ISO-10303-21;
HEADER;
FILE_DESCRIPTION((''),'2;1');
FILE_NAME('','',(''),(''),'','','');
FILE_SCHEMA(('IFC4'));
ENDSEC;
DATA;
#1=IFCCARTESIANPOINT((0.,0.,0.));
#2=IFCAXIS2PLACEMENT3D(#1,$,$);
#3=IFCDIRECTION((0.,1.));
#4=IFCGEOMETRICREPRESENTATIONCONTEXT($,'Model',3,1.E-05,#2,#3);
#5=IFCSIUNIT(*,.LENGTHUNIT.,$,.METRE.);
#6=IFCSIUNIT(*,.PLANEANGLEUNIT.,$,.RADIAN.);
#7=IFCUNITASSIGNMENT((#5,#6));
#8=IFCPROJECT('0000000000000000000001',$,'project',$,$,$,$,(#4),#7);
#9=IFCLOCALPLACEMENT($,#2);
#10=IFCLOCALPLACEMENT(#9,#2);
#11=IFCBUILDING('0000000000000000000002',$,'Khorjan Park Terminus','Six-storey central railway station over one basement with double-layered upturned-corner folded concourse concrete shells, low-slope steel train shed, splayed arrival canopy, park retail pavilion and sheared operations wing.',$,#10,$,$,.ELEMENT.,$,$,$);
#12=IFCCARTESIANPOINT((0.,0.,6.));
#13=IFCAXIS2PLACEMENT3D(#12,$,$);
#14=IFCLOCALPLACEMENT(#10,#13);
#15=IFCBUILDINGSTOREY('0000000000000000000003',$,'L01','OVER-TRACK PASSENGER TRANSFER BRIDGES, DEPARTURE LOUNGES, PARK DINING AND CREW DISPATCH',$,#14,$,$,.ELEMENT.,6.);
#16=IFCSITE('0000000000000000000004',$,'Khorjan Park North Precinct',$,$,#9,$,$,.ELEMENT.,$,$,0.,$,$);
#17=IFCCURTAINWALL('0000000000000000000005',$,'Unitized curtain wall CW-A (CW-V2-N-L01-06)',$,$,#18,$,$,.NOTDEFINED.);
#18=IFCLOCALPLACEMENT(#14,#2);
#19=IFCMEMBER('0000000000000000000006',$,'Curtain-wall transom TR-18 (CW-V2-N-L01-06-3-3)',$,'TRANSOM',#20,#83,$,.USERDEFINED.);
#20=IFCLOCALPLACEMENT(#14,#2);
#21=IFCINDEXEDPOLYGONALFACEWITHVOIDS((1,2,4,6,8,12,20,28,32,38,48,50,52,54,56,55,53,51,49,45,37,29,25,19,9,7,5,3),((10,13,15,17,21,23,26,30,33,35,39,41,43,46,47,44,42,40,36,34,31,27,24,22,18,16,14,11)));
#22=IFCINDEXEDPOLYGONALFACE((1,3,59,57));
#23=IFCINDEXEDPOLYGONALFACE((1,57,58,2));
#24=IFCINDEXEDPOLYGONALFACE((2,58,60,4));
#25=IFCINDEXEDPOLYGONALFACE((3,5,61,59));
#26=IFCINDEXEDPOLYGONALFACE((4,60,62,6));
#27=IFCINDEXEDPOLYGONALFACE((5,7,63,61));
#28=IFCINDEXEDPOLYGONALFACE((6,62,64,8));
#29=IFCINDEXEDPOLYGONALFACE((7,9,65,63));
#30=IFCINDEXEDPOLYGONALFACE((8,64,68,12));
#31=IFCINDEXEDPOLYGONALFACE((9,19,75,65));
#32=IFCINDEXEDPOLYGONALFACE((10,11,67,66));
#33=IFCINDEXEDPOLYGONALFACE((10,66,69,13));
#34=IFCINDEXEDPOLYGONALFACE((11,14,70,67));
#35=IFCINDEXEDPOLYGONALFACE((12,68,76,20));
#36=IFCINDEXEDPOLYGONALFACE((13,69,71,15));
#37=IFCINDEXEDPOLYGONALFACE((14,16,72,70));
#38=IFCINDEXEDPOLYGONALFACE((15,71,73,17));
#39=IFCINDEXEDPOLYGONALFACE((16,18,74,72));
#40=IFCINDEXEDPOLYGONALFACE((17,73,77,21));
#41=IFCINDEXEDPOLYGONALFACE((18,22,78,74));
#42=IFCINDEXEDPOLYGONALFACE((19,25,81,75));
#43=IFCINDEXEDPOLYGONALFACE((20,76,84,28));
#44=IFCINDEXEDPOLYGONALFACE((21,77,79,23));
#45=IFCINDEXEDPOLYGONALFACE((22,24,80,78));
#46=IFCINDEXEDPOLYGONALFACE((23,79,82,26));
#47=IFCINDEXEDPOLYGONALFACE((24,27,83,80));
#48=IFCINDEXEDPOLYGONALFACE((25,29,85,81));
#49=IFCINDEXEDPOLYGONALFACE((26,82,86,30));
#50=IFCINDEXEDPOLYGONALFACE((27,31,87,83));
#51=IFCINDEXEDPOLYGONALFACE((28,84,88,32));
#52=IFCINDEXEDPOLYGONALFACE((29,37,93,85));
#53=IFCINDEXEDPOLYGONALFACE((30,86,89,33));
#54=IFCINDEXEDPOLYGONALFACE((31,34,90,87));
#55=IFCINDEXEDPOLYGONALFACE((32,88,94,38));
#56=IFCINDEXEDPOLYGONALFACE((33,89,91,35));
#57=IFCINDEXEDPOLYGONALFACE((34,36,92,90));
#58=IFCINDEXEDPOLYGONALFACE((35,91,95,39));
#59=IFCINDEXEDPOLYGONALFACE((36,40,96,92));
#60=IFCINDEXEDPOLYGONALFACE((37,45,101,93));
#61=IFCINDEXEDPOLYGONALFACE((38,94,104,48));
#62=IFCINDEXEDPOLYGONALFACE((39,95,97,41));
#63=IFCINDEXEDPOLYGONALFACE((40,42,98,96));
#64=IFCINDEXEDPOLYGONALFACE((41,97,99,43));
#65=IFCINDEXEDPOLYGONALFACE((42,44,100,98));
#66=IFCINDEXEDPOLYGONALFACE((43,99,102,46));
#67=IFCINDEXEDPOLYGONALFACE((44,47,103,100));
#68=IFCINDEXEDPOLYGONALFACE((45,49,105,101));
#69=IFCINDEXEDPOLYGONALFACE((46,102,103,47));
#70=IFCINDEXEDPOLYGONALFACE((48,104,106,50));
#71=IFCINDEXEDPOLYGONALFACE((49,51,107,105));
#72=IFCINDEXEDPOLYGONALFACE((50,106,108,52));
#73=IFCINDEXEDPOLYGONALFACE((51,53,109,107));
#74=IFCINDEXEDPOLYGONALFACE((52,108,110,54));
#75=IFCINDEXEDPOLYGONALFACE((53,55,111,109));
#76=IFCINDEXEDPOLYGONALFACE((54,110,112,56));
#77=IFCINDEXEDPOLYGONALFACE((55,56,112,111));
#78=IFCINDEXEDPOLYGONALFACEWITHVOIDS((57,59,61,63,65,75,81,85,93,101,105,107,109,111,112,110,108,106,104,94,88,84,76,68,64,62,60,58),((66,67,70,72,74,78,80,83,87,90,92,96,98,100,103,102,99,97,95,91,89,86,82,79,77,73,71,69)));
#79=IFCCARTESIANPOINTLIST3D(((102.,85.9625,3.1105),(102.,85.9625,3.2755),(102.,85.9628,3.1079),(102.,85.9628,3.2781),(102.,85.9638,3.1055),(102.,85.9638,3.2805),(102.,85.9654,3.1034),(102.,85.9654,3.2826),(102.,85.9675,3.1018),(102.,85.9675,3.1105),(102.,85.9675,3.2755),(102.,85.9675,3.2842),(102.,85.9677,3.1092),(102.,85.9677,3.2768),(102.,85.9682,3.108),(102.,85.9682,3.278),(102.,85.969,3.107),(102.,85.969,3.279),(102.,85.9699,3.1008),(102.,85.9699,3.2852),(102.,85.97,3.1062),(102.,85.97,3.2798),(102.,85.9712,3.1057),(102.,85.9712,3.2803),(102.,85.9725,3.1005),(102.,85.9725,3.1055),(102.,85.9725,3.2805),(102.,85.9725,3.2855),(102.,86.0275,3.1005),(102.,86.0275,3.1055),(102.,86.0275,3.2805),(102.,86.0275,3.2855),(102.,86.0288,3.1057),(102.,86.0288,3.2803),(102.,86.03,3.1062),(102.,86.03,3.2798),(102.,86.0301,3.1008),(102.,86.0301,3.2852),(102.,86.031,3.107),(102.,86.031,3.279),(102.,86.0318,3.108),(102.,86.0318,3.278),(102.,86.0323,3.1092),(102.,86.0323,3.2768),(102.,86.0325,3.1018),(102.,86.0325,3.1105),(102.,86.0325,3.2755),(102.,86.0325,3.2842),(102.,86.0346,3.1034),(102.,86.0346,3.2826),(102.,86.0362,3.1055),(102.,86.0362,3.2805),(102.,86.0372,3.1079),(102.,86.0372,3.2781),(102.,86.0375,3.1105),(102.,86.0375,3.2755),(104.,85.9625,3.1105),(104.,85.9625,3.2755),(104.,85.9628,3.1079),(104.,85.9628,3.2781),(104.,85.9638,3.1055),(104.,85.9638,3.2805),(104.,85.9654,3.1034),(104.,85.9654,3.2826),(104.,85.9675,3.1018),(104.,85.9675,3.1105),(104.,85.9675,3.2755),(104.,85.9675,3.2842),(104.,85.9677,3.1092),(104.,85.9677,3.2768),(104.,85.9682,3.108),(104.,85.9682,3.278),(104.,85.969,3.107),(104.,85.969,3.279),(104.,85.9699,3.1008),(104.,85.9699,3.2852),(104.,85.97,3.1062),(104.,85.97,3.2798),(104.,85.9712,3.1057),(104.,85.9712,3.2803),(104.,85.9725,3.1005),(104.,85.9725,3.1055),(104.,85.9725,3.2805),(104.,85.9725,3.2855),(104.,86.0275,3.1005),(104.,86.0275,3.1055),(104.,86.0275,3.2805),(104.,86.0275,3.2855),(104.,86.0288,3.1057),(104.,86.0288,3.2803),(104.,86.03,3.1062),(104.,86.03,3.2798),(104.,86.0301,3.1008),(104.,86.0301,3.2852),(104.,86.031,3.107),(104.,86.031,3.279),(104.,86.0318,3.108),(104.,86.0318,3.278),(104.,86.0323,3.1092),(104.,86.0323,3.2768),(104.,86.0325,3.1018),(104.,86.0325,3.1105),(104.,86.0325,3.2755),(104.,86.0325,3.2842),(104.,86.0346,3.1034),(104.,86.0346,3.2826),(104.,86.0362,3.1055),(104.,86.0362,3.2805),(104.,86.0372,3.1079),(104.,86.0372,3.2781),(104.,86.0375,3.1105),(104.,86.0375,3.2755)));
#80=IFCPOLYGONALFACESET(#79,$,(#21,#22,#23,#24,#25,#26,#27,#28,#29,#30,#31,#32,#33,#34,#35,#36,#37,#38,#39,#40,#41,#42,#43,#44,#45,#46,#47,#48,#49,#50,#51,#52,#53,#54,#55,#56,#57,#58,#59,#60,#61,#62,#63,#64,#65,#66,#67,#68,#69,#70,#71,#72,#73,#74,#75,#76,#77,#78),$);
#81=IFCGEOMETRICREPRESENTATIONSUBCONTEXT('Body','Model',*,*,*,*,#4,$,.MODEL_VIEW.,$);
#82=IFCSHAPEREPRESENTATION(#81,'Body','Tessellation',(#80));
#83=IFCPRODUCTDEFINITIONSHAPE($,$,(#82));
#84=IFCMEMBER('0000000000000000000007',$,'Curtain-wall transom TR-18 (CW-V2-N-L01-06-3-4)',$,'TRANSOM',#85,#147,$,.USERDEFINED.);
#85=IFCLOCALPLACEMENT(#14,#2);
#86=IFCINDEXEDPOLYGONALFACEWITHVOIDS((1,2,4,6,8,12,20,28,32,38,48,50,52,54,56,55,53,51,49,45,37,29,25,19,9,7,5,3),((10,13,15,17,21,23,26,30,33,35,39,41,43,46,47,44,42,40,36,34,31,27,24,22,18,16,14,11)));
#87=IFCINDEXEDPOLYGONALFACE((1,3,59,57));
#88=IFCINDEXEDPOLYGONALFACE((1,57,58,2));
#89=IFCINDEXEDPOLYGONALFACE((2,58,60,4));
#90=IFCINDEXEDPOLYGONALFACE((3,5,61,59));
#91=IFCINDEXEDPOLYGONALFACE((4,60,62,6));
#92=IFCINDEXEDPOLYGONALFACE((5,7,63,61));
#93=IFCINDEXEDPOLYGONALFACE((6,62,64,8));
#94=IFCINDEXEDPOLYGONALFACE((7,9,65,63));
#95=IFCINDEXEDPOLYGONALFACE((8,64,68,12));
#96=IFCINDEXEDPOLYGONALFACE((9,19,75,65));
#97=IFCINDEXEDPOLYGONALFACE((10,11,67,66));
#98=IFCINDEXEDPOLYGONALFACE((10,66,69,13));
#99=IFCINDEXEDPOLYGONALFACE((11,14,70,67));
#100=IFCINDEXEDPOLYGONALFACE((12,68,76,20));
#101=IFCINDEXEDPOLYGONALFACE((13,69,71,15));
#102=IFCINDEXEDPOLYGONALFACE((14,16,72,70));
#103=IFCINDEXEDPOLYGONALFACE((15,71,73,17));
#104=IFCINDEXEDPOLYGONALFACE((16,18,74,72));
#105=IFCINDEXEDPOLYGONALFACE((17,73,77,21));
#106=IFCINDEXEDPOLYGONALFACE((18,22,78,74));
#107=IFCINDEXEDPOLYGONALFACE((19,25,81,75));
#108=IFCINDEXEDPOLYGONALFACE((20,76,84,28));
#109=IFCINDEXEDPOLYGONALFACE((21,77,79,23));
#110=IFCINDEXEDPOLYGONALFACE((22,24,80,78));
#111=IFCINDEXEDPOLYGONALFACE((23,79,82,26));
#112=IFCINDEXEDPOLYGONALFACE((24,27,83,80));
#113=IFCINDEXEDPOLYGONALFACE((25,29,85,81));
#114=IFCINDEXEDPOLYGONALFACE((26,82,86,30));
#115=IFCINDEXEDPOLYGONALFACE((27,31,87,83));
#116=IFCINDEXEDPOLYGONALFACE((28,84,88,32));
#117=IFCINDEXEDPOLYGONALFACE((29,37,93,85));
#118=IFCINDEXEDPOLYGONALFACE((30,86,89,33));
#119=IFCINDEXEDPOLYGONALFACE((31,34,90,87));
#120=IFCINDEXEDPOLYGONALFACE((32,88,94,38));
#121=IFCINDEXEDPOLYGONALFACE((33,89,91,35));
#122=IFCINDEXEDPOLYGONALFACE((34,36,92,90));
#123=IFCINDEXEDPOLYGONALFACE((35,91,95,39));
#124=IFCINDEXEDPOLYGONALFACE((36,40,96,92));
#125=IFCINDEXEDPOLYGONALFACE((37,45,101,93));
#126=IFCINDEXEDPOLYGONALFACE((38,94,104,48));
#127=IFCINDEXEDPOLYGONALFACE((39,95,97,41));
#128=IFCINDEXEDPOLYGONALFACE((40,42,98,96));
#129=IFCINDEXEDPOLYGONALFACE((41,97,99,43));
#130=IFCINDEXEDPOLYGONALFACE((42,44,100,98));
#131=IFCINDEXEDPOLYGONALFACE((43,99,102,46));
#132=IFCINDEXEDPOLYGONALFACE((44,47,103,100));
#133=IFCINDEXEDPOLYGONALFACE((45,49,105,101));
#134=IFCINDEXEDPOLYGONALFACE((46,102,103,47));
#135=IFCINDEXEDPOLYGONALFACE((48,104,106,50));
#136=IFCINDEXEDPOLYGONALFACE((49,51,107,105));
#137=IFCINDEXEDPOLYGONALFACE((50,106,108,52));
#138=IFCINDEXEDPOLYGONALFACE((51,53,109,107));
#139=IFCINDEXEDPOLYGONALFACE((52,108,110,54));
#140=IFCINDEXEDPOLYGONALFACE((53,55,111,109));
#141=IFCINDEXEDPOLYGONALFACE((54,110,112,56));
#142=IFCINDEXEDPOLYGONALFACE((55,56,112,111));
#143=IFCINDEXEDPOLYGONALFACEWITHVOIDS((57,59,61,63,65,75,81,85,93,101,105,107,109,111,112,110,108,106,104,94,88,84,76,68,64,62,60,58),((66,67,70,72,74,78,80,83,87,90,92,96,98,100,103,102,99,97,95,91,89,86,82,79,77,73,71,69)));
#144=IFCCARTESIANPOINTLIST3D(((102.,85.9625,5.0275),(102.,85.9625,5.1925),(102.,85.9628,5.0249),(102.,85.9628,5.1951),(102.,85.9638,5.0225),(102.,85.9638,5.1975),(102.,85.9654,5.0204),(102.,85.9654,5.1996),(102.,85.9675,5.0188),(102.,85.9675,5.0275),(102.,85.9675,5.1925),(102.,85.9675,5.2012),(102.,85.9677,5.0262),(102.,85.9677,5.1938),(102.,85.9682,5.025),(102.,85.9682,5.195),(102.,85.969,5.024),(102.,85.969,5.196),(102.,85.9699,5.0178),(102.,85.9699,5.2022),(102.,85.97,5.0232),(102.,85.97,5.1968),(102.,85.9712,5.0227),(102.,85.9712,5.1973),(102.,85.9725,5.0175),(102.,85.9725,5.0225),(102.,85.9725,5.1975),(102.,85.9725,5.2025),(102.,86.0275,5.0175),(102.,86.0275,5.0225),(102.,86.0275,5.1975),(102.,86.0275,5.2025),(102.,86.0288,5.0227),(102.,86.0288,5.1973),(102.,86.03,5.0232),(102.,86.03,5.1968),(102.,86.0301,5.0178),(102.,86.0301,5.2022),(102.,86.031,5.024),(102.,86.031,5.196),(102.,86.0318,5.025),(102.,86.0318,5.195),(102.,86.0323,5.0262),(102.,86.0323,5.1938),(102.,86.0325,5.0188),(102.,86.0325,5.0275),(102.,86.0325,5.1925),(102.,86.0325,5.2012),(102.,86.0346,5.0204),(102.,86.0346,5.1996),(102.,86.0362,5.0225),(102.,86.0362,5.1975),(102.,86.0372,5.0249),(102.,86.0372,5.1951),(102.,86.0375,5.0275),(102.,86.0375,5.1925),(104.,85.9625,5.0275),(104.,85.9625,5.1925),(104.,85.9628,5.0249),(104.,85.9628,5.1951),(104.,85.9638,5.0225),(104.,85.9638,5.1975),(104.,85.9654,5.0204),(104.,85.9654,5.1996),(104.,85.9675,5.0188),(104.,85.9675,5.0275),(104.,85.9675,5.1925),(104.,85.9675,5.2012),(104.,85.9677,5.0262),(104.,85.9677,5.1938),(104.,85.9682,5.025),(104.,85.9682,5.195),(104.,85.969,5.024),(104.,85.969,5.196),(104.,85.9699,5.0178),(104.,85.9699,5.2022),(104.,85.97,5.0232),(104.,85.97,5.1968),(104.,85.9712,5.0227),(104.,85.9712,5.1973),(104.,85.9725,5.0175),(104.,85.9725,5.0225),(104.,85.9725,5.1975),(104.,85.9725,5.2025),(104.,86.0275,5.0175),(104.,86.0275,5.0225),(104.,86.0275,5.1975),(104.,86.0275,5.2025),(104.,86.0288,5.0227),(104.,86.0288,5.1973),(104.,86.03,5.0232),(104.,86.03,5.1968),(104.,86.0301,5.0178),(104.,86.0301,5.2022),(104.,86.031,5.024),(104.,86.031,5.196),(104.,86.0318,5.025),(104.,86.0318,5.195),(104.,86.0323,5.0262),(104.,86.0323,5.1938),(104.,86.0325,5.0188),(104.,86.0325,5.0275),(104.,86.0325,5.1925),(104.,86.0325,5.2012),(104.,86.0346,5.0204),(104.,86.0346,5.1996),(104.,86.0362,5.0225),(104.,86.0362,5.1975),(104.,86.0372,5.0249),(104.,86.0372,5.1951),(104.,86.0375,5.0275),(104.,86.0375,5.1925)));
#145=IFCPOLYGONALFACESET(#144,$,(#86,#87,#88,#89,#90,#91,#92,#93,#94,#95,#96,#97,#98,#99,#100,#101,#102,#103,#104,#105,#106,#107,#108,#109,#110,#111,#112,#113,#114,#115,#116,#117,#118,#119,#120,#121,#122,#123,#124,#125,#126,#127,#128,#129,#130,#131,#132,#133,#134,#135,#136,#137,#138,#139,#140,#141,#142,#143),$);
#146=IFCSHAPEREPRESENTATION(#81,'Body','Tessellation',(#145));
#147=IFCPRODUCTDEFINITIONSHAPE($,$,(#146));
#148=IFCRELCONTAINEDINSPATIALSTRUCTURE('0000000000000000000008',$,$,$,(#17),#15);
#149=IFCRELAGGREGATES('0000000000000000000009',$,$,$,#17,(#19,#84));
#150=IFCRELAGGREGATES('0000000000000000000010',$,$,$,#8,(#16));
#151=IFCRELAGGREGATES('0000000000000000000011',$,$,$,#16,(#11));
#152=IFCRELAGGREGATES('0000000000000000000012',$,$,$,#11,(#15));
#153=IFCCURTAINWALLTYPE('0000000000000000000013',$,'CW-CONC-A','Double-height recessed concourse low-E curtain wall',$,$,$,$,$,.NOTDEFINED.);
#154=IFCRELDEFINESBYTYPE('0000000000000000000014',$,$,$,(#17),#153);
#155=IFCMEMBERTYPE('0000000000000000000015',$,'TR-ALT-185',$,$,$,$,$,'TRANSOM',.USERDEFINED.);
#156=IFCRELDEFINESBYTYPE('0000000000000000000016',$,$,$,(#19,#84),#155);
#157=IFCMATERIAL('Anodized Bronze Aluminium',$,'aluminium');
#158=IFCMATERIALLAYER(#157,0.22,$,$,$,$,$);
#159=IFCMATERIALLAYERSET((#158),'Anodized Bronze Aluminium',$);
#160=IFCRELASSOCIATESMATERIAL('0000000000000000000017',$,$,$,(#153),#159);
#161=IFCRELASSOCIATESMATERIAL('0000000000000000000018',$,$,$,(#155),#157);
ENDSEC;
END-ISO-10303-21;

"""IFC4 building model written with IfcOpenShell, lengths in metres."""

from ifc_helpers import new_model, si_unit, direction, frame, origin, origin_2d, place, context, subcontext, project, spatial, hollow_rectangle, extrude, material, layer, layer_set, material_profile, profile_set, type_object, element, aggregate, save


model = new_model("IFC4")

# Units and contexts
model_context = context("Model", 3, precision=1e-05, world=origin(), true_north=direction((0.0, 1.0)))
body_context = subcontext(model_context, "Body", "Model", "MODEL_VIEW")
ifc_project = project(units=[si_unit("LENGTHUNIT", "METRE"), si_unit("PLANEANGLEUNIT", "RADIAN")], contexts=[model_context])

# Site, building, storey
site_placement = place(None, origin())
site = spatial("IfcSite", under=ifc_project, at=site_placement, Name="Khorjan Park North Precinct", CompositionType="ELEMENT", RefElevation=0.0)
building_placement = place(site_placement, origin())
building = spatial("IfcBuilding", under=site, at=building_placement, Name="Khorjan Park Terminus", Description="Six-storey central railway station over one basement with double-layered upturned-corner folded concourse concrete shells, low-slope steel train shed, splayed arrival canopy, park retail pavilion and sheared operations wing.", CompositionType="ELEMENT")
storey_placement = place(building_placement, frame((0.0, 0.0, 6.0)))
storey = spatial("IfcBuildingStorey", under=building, at=storey_placement, Name="L01", Description="OVER-TRACK PASSENGER TRANSFER BRIDGES, DEPARTURE LOUNGES, PARK DINING AND CREW DISPATCH", CompositionType="ELEMENT", Elevation=6.0)

# Shared definitions
ifc_material_1 = material(Name="Anodized Bronze Aluminium", Category="aluminium")
ifc_layer_1 = layer(ifc_material_1, 0.22)
ifc_layer_set_1 = layer_set([ifc_layer_1], Name="Anodized Bronze Aluminium")
curtain_wall_type = type_object("IfcCurtainWallType", Name="CW-CONC-A", Description="Double-height recessed concourse low-E curtain wall", PredefinedType="NOTDEFINED", material=ifc_layer_set_1)

# Curtain wall
curtain_wall_1_placement = place(storey_placement, origin())
curtain_wall_1 = element("IfcCurtainWall", 1, at=curtain_wall_1_placement, inside=storey, type_object=curtain_wall_type, Name="Unitized curtain wall CW-A (CW-V2-N-L01-06)", PredefinedType="NOTDEFINED")

# Members
ifc_material_profile_1 = material_profile(ifc_material_1, hollow_rectangle(XDim=0.075, YDim=0.185, WallThickness=0.005, InnerFilletRadius=0.005, OuterFilletRadius=0.01, at=origin_2d()), Name="ALT 75x185x5")
ifc_profile_set_1 = profile_set([ifc_material_profile_1], Name="Anodized Bronze Aluminium")
member_type_1 = type_object("IfcMemberType", Name="TR-ALT-185", ElementType="TRANSOM", PredefinedType="USERDEFINED", material=ifc_profile_set_1)
member_1_placement = place(storey_placement, frame((104.0, 86.0, 3.193), z_axis=(-1.0, 0.0, 0.0), x_axis=(0.0, -1.0, 0.0)))
member_1 = element("IfcMember", 2, at=member_1_placement, type_object=member_type_1, Name="Curtain-wall transom TR-18 (CW-V2-N-L01-06-3-3)", ObjectType="TRANSOM", PredefinedType="USERDEFINED", context=body_context, shape_type="SweptSolid", body=[
    extrude(hollow_rectangle(XDim=0.075, YDim=0.185, WallThickness=0.005, InnerFilletRadius=0.005, OuterFilletRadius=0.01, at=origin_2d()), origin(), (0.0, 0.0, 1.0), 2.0),
])
member_2_placement = place(storey_placement, frame((104.0, 86.0, 5.11), z_axis=(-1.0, 0.0, 0.0), x_axis=(0.0, -1.0, 0.0)))
member_2 = element("IfcMember", 3, at=member_2_placement, type_object=member_type_1, Name="Curtain-wall transom TR-18 (CW-V2-N-L01-06-3-4)", ObjectType="TRANSOM", PredefinedType="USERDEFINED", context=body_context, shape_type="SweptSolid", body=[
    extrude(hollow_rectangle(XDim=0.075, YDim=0.185, WallThickness=0.005, InnerFilletRadius=0.005, OuterFilletRadius=0.01, at=origin_2d()), origin(), (0.0, 0.0, 1.0), 2.0),
])

aggregate(curtain_wall_1, [member_1, member_2])

save(model, "model.ifc")
